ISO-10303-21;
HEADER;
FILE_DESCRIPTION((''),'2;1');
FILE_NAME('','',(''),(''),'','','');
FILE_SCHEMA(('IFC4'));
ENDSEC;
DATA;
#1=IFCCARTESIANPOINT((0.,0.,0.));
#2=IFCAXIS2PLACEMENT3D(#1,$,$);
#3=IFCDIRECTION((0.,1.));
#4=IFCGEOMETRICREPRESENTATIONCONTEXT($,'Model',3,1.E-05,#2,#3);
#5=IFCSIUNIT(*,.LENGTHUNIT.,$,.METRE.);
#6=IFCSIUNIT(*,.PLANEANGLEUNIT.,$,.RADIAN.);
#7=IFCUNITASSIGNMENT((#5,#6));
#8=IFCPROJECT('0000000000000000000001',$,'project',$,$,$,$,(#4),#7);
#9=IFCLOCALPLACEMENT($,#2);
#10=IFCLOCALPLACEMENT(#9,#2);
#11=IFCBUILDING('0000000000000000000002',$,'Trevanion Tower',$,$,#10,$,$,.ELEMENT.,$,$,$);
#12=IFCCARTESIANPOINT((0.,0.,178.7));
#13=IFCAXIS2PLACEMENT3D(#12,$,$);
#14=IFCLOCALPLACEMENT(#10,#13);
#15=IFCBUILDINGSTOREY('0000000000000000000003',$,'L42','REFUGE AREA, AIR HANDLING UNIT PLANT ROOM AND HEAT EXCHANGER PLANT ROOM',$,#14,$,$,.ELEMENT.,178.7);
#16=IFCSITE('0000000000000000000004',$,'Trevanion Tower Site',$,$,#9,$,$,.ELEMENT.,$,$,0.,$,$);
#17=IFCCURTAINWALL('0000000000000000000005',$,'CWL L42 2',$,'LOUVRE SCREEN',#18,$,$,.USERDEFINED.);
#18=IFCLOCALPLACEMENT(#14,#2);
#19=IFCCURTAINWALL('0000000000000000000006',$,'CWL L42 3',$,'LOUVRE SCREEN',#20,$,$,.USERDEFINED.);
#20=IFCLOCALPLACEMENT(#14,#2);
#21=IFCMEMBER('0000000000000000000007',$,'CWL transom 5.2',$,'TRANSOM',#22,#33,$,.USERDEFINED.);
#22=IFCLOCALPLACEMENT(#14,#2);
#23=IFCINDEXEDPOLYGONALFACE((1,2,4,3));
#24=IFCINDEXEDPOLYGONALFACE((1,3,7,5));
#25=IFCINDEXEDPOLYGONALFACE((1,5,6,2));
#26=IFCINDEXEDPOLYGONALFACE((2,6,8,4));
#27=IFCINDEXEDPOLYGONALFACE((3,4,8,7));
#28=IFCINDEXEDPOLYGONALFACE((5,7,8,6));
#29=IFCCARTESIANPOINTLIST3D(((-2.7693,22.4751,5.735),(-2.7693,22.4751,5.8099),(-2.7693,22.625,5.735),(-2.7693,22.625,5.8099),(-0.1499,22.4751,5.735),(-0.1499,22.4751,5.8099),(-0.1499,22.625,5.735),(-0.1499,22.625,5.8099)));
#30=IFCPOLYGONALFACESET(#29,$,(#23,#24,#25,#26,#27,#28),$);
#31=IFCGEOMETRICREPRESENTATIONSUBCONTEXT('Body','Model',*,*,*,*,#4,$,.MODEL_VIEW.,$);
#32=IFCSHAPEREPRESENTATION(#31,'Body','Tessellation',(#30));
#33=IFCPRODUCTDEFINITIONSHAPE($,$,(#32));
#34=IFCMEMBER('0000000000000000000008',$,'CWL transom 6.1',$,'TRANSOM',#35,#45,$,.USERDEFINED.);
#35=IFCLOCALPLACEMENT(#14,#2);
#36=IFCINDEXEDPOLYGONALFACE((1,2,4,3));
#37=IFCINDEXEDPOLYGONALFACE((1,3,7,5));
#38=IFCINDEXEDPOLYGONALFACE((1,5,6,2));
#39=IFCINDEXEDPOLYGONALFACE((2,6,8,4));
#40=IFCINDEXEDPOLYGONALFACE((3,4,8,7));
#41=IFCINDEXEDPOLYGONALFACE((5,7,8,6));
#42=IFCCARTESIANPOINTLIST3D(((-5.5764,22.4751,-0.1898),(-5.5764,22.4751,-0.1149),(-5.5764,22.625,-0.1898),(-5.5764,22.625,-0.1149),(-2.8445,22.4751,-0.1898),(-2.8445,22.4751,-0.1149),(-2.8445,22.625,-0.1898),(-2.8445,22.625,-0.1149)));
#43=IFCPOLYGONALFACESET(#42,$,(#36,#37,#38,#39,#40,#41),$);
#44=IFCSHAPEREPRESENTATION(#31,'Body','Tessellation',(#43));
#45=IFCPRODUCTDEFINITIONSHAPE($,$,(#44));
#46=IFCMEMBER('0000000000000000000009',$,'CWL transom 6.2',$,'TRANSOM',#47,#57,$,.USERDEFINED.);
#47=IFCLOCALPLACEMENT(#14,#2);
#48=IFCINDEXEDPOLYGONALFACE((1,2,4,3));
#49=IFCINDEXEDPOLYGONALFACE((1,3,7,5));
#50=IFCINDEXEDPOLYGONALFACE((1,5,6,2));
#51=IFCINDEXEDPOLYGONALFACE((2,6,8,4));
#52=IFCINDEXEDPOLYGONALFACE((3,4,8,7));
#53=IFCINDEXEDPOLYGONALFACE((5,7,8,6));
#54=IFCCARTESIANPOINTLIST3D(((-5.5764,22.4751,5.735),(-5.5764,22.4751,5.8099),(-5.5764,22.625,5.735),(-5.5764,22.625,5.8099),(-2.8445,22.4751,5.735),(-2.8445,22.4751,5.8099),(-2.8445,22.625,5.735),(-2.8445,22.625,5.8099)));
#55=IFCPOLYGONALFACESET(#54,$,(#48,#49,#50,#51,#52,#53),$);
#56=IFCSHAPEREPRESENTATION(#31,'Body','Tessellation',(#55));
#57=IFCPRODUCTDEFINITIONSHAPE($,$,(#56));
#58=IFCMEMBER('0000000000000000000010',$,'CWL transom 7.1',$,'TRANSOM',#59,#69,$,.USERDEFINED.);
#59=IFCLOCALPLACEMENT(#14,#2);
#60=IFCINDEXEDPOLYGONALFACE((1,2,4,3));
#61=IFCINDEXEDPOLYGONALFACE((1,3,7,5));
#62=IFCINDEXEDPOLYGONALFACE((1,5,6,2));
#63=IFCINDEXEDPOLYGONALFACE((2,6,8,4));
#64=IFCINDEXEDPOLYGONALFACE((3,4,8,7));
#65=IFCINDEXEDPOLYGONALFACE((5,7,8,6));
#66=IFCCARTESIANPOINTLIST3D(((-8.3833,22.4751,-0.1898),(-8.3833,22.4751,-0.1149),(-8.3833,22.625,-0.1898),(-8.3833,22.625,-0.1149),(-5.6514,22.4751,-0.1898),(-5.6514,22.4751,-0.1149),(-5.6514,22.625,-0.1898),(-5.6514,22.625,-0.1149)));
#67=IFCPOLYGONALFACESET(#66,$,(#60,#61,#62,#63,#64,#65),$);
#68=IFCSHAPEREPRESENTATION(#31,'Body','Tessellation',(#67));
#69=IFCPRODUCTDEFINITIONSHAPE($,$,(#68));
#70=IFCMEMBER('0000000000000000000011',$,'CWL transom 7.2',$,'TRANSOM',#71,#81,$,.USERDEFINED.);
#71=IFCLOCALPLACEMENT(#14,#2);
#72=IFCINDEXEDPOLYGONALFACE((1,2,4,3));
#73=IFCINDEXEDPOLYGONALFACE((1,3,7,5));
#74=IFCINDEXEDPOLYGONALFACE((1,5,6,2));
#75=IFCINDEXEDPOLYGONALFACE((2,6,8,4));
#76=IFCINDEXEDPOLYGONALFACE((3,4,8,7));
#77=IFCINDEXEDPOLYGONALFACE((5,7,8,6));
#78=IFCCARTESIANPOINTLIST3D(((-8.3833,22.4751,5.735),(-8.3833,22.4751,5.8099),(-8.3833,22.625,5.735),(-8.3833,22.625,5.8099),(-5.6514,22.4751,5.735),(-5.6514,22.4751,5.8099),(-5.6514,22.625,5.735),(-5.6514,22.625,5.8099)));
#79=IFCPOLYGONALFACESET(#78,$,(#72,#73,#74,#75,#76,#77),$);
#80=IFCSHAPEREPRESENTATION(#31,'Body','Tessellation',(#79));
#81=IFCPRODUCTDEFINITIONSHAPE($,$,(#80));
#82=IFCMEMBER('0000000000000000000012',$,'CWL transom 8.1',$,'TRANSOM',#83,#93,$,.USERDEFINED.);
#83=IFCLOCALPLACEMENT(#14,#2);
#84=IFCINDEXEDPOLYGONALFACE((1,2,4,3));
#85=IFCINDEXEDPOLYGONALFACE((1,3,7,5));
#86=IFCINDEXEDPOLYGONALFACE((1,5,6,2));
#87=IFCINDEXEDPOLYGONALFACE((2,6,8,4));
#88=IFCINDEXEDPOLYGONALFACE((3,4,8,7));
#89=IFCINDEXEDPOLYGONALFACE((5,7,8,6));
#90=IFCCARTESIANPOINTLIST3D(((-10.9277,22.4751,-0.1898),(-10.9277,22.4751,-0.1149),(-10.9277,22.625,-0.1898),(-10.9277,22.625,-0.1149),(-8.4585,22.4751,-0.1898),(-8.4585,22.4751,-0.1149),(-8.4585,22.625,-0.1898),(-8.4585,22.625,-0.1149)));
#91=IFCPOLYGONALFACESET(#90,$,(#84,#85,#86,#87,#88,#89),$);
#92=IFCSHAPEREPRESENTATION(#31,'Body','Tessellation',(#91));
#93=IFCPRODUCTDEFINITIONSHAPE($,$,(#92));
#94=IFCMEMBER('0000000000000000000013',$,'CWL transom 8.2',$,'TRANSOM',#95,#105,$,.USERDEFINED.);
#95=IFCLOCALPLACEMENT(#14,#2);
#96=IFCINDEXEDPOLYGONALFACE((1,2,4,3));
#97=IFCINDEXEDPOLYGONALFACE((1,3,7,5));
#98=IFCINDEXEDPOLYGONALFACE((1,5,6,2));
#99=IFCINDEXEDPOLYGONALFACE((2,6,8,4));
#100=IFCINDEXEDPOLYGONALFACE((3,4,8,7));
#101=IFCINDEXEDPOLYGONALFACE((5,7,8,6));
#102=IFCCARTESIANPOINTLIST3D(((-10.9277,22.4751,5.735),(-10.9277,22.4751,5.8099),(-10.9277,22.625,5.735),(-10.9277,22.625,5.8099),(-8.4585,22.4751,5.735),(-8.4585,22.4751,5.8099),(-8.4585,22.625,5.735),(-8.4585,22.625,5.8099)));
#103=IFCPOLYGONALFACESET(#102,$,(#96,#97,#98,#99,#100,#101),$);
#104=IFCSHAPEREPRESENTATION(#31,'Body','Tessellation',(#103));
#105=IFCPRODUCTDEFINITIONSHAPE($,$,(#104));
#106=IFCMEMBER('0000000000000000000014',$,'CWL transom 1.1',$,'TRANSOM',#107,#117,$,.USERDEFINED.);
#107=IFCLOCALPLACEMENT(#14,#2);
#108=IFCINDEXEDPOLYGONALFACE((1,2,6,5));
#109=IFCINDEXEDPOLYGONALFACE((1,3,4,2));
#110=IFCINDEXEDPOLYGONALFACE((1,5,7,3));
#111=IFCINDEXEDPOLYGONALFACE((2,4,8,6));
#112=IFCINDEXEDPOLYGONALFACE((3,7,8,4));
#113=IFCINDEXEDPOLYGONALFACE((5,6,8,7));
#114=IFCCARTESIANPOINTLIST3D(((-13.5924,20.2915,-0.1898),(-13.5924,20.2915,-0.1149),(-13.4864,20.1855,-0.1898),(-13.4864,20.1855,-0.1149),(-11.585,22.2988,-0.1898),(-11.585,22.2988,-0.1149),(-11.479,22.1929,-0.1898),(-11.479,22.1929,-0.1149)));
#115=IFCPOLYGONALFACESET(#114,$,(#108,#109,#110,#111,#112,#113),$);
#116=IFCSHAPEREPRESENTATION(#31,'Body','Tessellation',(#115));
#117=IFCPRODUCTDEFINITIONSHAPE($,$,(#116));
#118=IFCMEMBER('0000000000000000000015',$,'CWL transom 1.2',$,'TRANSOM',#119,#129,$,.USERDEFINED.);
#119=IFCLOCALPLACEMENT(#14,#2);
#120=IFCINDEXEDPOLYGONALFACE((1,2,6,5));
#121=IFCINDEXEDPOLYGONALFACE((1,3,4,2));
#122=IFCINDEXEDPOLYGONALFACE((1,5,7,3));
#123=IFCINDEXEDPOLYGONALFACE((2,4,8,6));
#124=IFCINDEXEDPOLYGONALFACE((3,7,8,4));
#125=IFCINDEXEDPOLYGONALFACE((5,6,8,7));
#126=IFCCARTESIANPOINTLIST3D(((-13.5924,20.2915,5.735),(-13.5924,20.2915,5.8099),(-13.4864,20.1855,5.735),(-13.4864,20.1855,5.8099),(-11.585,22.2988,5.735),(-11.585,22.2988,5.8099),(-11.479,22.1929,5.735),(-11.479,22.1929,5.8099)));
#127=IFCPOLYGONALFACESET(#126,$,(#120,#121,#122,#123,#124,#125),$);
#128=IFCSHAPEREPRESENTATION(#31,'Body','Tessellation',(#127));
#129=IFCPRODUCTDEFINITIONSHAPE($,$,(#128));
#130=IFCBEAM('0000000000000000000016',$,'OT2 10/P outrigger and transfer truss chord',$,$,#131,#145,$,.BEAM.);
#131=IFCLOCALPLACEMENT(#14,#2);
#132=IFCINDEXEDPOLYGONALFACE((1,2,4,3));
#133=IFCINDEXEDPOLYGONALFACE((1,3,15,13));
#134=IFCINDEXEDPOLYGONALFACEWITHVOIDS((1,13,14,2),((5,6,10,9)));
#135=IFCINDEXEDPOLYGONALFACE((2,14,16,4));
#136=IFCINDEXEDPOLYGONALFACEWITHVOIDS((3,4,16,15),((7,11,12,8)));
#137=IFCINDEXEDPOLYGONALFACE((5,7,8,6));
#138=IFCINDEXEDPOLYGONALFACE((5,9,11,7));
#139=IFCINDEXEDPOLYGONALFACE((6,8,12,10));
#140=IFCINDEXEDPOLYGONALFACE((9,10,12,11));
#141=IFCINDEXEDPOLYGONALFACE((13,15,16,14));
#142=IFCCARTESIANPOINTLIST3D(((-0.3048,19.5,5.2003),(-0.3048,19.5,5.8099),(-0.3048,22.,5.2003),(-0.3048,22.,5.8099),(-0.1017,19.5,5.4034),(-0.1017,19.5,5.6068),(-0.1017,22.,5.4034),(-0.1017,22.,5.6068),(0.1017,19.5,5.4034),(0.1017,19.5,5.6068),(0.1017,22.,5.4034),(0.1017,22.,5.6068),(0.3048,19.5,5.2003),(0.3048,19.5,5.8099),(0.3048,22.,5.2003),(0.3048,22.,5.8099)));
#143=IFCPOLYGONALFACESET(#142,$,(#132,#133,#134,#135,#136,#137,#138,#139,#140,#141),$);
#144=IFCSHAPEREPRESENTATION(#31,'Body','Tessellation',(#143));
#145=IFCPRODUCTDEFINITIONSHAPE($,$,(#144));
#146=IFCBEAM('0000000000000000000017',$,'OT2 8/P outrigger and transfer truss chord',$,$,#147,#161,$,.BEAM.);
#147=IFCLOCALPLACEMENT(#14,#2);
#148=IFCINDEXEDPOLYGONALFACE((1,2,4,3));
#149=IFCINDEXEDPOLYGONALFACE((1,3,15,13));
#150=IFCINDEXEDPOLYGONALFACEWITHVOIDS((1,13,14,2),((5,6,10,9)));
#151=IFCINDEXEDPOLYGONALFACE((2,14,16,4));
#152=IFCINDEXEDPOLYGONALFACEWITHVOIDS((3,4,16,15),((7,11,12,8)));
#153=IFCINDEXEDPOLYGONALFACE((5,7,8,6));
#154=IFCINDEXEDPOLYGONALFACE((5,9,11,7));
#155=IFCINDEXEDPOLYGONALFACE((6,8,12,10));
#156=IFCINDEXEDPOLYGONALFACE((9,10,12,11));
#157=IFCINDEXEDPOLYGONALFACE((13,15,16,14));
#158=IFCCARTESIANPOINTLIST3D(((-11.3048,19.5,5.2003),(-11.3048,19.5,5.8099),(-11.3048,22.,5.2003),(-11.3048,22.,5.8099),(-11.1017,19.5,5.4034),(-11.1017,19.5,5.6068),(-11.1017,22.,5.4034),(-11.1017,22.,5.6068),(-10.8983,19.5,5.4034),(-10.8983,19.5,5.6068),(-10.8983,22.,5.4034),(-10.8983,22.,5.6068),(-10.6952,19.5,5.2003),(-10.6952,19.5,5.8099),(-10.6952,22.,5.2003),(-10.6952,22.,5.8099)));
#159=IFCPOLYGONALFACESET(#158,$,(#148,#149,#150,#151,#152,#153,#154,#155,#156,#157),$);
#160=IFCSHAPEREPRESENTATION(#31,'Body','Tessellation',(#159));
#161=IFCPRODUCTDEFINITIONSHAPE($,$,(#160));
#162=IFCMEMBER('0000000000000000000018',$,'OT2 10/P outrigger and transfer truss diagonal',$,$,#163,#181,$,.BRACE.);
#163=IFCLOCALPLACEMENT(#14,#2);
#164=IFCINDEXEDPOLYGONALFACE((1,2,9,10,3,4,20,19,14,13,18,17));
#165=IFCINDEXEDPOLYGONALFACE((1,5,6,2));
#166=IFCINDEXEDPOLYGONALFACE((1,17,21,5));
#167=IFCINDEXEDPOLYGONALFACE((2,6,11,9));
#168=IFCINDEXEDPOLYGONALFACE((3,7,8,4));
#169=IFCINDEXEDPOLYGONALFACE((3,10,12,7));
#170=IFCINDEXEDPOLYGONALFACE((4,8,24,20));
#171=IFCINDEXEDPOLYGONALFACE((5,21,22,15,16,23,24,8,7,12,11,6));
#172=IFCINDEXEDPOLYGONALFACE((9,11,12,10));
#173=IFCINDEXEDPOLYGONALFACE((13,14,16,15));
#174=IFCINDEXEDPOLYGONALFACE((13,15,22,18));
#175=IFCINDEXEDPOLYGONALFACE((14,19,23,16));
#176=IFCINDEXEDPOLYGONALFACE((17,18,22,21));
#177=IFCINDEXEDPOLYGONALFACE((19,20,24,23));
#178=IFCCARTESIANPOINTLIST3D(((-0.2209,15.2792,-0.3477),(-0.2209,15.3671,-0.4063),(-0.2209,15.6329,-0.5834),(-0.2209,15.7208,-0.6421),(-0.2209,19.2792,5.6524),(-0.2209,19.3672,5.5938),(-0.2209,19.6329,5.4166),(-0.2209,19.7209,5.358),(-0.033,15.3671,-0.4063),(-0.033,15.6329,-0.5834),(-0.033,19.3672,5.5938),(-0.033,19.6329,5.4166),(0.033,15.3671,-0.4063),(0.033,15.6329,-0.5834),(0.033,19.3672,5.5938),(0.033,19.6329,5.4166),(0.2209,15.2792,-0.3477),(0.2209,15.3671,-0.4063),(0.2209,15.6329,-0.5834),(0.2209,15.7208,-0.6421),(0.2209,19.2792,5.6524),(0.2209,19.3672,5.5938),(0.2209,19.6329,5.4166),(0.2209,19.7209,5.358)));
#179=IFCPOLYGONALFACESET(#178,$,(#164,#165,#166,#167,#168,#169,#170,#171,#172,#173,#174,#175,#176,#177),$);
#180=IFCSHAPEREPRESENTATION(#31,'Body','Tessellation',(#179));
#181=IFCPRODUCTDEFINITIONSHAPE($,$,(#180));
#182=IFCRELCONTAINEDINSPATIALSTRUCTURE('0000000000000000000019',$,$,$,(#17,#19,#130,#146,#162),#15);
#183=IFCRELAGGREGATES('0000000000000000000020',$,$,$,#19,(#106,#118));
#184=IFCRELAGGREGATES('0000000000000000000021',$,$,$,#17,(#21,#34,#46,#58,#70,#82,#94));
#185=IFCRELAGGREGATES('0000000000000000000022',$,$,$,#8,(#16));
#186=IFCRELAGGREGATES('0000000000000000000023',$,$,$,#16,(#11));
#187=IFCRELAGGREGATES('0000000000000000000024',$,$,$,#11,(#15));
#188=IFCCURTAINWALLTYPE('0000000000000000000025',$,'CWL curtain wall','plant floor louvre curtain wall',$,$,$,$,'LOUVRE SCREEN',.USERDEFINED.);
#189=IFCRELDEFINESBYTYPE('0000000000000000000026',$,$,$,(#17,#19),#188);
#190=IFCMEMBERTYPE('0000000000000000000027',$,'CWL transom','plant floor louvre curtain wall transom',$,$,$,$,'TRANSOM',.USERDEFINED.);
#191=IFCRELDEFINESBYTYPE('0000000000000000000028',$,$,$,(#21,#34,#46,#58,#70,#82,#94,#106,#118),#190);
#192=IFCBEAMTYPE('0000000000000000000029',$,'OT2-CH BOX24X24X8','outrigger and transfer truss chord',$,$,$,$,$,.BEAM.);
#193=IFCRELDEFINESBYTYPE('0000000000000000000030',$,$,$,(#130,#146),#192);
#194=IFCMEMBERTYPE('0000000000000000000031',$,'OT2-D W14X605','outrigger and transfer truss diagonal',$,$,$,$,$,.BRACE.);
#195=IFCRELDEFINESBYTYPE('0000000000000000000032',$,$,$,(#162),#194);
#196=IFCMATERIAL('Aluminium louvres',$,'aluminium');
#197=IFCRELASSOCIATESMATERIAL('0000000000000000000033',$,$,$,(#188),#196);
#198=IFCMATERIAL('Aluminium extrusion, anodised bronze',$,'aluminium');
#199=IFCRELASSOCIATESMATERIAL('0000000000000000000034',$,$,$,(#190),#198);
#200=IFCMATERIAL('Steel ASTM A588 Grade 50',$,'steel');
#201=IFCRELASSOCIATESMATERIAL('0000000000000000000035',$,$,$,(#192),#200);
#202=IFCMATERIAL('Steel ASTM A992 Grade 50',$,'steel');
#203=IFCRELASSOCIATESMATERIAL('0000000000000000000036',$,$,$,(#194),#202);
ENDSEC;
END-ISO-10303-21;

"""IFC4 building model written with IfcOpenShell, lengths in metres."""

from ifc_helpers import new_model, si_unit, direction, frame, origin, origin_2d, place, context, subcontext, project, spatial, rectangle, hollow_rectangle, i_section, extrude, material, material_profile, profile_set, type_object, element, aggregate, save


model = new_model("IFC4")

# Units and contexts
model_context = context("Model", 3, precision=1e-05, world=origin(), true_north=direction((0.0, 1.0)))
body_context = subcontext(model_context, "Body", "Model", "MODEL_VIEW")
ifc_project = project(units=[si_unit("LENGTHUNIT", "METRE"), si_unit("PLANEANGLEUNIT", "RADIAN")], contexts=[model_context])

# Site, building, storey
site_placement = place(None, origin())
site = spatial("IfcSite", under=ifc_project, at=site_placement, Name="Trevanion Tower Site", CompositionType="ELEMENT", RefElevation=0.0)
building_placement = place(site_placement, origin())
building = spatial("IfcBuilding", under=site, at=building_placement, Name="Trevanion Tower", CompositionType="ELEMENT")
storey_placement = place(building_placement, frame((0.0, 0.0, 178.7)))
storey = spatial("IfcBuildingStorey", under=building, at=storey_placement, Name="L42", Description="REFUGE AREA, AIR HANDLING UNIT PLANT ROOM AND HEAT EXCHANGER PLANT ROOM", CompositionType="ELEMENT", Elevation=178.7)

# Curtain wall
ifc_material_1 = material(Name="Aluminium louvres", Category="aluminium")
curtain_wall_type = type_object("IfcCurtainWallType", Name="CWL curtain wall", Description="plant floor louvre curtain wall", ElementType="LOUVRE SCREEN", PredefinedType="USERDEFINED", material=ifc_material_1)
curtain_wall_1_placement = place(storey_placement, origin())
curtain_wall_1 = element("IfcCurtainWall", 1, at=curtain_wall_1_placement, inside=storey, type_object=curtain_wall_type, Name="CWL L42 2", ObjectType="LOUVRE SCREEN", PredefinedType="USERDEFINED")

# Curtain wall
curtain_wall_2_placement = place(storey_placement, origin())
curtain_wall_2 = element("IfcCurtainWall", 2, at=curtain_wall_2_placement, inside=storey, type_object=curtain_wall_type, Name="CWL L42 3", ObjectType="LOUVRE SCREEN", PredefinedType="USERDEFINED")

# Members
ifc_material_2 = material(Name="Aluminium extrusion, anodised bronze", Category="aluminium")
ifc_material_profile_1 = material_profile(ifc_material_2, rectangle(XDim=0.1499, YDim=0.075, at=origin_2d()), Name="CWL transom")
ifc_profile_set_1 = profile_set([ifc_material_profile_1], Name="Aluminium extrusion, anodised bronze")
member_type_1 = type_object("IfcMemberType", Name="CWL transom", Description="plant floor louvre curtain wall transom", ElementType="TRANSOM", PredefinedType="USERDEFINED", material=ifc_profile_set_1)
member_1_placement = place(storey_placement, frame((-0.1499, 22.55, 5.7725), z_axis=(-1.0, 0.0, 0.0), x_axis=(0.0, -1.0, 0.0)))
member_1 = element("IfcMember", 3, at=member_1_placement, type_object=member_type_1, Name="CWL transom 5.2", ObjectType="TRANSOM", PredefinedType="USERDEFINED", context=body_context, shape_type="SweptSolid", body=[
    extrude(rectangle(XDim=0.1499, YDim=0.075, at=origin_2d()), origin(), (0.0, 0.0, 1.0), 2.6194),
])
member_2_placement = place(storey_placement, frame((-2.8445, 22.55, -0.1523), z_axis=(-1.0, 0.0, 0.0), x_axis=(0.0, -1.0, 0.0)))
member_2 = element("IfcMember", 4, at=member_2_placement, type_object=member_type_1, Name="CWL transom 6.1", ObjectType="TRANSOM", PredefinedType="USERDEFINED", context=body_context, shape_type="SweptSolid", body=[
    extrude(rectangle(XDim=0.1499, YDim=0.075, at=origin_2d()), origin(), (0.0, 0.0, 1.0), 2.7319),
])
member_3_placement = place(storey_placement, frame((-2.8445, 22.55, 5.7725), z_axis=(-1.0, 0.0, 0.0), x_axis=(0.0, -1.0, 0.0)))
member_3 = element("IfcMember", 5, at=member_3_placement, type_object=member_type_1, Name="CWL transom 6.2", ObjectType="TRANSOM", PredefinedType="USERDEFINED", context=body_context, shape_type="SweptSolid", body=[
    extrude(rectangle(XDim=0.1499, YDim=0.075, at=origin_2d()), origin(), (0.0, 0.0, 1.0), 2.7319),
])
member_4_placement = place(storey_placement, frame((-5.6514, 22.55, -0.1523), z_axis=(-1.0, 0.0, 0.0), x_axis=(0.0, -1.0, 0.0)))
member_4 = element("IfcMember", 6, at=member_4_placement, type_object=member_type_1, Name="CWL transom 7.1", ObjectType="TRANSOM", PredefinedType="USERDEFINED", context=body_context, shape_type="SweptSolid", body=[
    extrude(rectangle(XDim=0.1499, YDim=0.075, at=origin_2d()), origin(), (0.0, 0.0, 1.0), 2.7319),
])
member_5_placement = place(storey_placement, frame((-5.6514, 22.55, 5.7725), z_axis=(-1.0, 0.0, 0.0), x_axis=(0.0, -1.0, 0.0)))
member_5 = element("IfcMember", 7, at=member_5_placement, type_object=member_type_1, Name="CWL transom 7.2", ObjectType="TRANSOM", PredefinedType="USERDEFINED", context=body_context, shape_type="SweptSolid", body=[
    extrude(rectangle(XDim=0.1499, YDim=0.075, at=origin_2d()), origin(), (0.0, 0.0, 1.0), 2.7319),
])
member_6_placement = place(storey_placement, frame((-8.4585, 22.55, -0.1523), z_axis=(-1.0, 0.0, 0.0), x_axis=(0.0, -1.0, 0.0)))
member_6 = element("IfcMember", 8, at=member_6_placement, type_object=member_type_1, Name="CWL transom 8.1", ObjectType="TRANSOM", PredefinedType="USERDEFINED", context=body_context, shape_type="SweptSolid", body=[
    extrude(rectangle(XDim=0.1499, YDim=0.075, at=origin_2d()), origin(), (0.0, 0.0, 1.0), 2.4692),
])
member_7_placement = place(storey_placement, frame((-8.4585, 22.55, 5.7725), z_axis=(-1.0, 0.0, 0.0), x_axis=(0.0, -1.0, 0.0)))
member_7 = element("IfcMember", 9, at=member_7_placement, type_object=member_type_1, Name="CWL transom 8.2", ObjectType="TRANSOM", PredefinedType="USERDEFINED", context=body_context, shape_type="SweptSolid", body=[
    extrude(rectangle(XDim=0.1499, YDim=0.075, at=origin_2d()), origin(), (0.0, 0.0, 1.0), 2.4692),
])
member_8_placement = place(storey_placement, frame((-11.532, 22.2458, -0.1523), z_axis=(-0.707107, -0.707107, 0.0), x_axis=(0.707107, -0.707107, 0.0)))
member_8 = element("IfcMember", 10, at=member_8_placement, type_object=member_type_1, Name="CWL transom 1.1", ObjectType="TRANSOM", PredefinedType="USERDEFINED", context=body_context, shape_type="SweptSolid", body=[
    extrude(rectangle(XDim=0.1499, YDim=0.075, at=origin_2d()), origin(), (0.0, 0.0, 1.0), 2.8389),
])
member_9_placement = place(storey_placement, frame((-11.532, 22.2458, 5.7725), z_axis=(-0.707107, -0.707107, 0.0), x_axis=(0.707107, -0.707107, 0.0)))
member_9 = element("IfcMember", 11, at=member_9_placement, type_object=member_type_1, Name="CWL transom 1.2", ObjectType="TRANSOM", PredefinedType="USERDEFINED", context=body_context, shape_type="SweptSolid", body=[
    extrude(rectangle(XDim=0.1499, YDim=0.075, at=origin_2d()), origin(), (0.0, 0.0, 1.0), 2.8389),
])
aggregate(curtain_wall_2, [member_8, member_9])

# Beams
ifc_material_3 = material(Name="Steel ASTM A588 Grade 50", Category="steel")
ifc_material_profile_2 = material_profile(ifc_material_3, hollow_rectangle(XDim=0.6096, YDim=0.6096, WallThickness=0.2031, at=origin_2d()), Name="BOX24X24X8")
ifc_profile_set_2 = profile_set([ifc_material_profile_2], Name="Steel ASTM A588 Grade 50")
beam_type_1 = type_object("IfcBeamType", Name="OT2-CH BOX24X24X8", Description="outrigger and transfer truss chord", PredefinedType="BEAM", material=ifc_profile_set_2)
for number, where, z_axis, x_axis, name in (
    (12, (0.0, 19.5, 5.5051), (0.0, 1.0, 0.0), (-1.0, 0.0, 0.0), "OT2 10/P outrigger and transfer truss chord"),
    (13, (-11.0, 19.5, 5.5051), (0.0, 1.0, 0.0), (-1.0, 0.0, 0.0), "OT2 8/P outrigger and transfer truss chord"),
):
    element("IfcBeam", number, at=place(storey_placement, frame(where, z_axis=z_axis, x_axis=x_axis)), inside=storey, type_object=beam_type_1, Name=name, PredefinedType="BEAM", context=body_context, shape_type="SweptSolid", body=[
        extrude(hollow_rectangle(XDim=0.6096, YDim=0.6096, WallThickness=0.2031, at=origin_2d()), origin(), (0.0, 0.0, 1.0), 2.5),
    ])

# Member
ifc_material_4 = material(Name="Steel ASTM A992 Grade 50", Category="steel")
ifc_material_profile_3 = material_profile(ifc_material_4, i_section(OverallWidth=0.4419, OverallDepth=0.5308, WebThickness=0.0659, FlangeThickness=0.1057, at=origin_2d()), Name="W14X605")
ifc_profile_set_3 = profile_set([ifc_material_profile_3], Name="Steel ASTM A992 Grade 50")
member_type_2 = type_object("IfcMemberType", Name="OT2-D W14X605", Description="outrigger and transfer truss diagonal", PredefinedType="BRACE", material=ifc_profile_set_3)
member_10_placement = place(storey_placement, frame((0.0, 15.5, -0.4949), z_axis=(0.0, 0.5547, 0.83205), x_axis=(-1.0, 0.0, 0.0)))
element("IfcMember", 14, at=member_10_placement, inside=storey, type_object=member_type_2, Name="OT2 10/P outrigger and transfer truss diagonal", PredefinedType="BRACE", context=body_context, shape_type="SweptSolid", body=[
    extrude(i_section(OverallWidth=0.4419, OverallDepth=0.5308, WebThickness=0.0659, FlangeThickness=0.1057, at=origin_2d()), origin(), (0.0, 0.0, 1.0), 7.2112),
])

aggregate(curtain_wall_1, [member_1, member_2, member_3, member_4, member_5, member_6, member_7])

save(model, "model.ifc")
